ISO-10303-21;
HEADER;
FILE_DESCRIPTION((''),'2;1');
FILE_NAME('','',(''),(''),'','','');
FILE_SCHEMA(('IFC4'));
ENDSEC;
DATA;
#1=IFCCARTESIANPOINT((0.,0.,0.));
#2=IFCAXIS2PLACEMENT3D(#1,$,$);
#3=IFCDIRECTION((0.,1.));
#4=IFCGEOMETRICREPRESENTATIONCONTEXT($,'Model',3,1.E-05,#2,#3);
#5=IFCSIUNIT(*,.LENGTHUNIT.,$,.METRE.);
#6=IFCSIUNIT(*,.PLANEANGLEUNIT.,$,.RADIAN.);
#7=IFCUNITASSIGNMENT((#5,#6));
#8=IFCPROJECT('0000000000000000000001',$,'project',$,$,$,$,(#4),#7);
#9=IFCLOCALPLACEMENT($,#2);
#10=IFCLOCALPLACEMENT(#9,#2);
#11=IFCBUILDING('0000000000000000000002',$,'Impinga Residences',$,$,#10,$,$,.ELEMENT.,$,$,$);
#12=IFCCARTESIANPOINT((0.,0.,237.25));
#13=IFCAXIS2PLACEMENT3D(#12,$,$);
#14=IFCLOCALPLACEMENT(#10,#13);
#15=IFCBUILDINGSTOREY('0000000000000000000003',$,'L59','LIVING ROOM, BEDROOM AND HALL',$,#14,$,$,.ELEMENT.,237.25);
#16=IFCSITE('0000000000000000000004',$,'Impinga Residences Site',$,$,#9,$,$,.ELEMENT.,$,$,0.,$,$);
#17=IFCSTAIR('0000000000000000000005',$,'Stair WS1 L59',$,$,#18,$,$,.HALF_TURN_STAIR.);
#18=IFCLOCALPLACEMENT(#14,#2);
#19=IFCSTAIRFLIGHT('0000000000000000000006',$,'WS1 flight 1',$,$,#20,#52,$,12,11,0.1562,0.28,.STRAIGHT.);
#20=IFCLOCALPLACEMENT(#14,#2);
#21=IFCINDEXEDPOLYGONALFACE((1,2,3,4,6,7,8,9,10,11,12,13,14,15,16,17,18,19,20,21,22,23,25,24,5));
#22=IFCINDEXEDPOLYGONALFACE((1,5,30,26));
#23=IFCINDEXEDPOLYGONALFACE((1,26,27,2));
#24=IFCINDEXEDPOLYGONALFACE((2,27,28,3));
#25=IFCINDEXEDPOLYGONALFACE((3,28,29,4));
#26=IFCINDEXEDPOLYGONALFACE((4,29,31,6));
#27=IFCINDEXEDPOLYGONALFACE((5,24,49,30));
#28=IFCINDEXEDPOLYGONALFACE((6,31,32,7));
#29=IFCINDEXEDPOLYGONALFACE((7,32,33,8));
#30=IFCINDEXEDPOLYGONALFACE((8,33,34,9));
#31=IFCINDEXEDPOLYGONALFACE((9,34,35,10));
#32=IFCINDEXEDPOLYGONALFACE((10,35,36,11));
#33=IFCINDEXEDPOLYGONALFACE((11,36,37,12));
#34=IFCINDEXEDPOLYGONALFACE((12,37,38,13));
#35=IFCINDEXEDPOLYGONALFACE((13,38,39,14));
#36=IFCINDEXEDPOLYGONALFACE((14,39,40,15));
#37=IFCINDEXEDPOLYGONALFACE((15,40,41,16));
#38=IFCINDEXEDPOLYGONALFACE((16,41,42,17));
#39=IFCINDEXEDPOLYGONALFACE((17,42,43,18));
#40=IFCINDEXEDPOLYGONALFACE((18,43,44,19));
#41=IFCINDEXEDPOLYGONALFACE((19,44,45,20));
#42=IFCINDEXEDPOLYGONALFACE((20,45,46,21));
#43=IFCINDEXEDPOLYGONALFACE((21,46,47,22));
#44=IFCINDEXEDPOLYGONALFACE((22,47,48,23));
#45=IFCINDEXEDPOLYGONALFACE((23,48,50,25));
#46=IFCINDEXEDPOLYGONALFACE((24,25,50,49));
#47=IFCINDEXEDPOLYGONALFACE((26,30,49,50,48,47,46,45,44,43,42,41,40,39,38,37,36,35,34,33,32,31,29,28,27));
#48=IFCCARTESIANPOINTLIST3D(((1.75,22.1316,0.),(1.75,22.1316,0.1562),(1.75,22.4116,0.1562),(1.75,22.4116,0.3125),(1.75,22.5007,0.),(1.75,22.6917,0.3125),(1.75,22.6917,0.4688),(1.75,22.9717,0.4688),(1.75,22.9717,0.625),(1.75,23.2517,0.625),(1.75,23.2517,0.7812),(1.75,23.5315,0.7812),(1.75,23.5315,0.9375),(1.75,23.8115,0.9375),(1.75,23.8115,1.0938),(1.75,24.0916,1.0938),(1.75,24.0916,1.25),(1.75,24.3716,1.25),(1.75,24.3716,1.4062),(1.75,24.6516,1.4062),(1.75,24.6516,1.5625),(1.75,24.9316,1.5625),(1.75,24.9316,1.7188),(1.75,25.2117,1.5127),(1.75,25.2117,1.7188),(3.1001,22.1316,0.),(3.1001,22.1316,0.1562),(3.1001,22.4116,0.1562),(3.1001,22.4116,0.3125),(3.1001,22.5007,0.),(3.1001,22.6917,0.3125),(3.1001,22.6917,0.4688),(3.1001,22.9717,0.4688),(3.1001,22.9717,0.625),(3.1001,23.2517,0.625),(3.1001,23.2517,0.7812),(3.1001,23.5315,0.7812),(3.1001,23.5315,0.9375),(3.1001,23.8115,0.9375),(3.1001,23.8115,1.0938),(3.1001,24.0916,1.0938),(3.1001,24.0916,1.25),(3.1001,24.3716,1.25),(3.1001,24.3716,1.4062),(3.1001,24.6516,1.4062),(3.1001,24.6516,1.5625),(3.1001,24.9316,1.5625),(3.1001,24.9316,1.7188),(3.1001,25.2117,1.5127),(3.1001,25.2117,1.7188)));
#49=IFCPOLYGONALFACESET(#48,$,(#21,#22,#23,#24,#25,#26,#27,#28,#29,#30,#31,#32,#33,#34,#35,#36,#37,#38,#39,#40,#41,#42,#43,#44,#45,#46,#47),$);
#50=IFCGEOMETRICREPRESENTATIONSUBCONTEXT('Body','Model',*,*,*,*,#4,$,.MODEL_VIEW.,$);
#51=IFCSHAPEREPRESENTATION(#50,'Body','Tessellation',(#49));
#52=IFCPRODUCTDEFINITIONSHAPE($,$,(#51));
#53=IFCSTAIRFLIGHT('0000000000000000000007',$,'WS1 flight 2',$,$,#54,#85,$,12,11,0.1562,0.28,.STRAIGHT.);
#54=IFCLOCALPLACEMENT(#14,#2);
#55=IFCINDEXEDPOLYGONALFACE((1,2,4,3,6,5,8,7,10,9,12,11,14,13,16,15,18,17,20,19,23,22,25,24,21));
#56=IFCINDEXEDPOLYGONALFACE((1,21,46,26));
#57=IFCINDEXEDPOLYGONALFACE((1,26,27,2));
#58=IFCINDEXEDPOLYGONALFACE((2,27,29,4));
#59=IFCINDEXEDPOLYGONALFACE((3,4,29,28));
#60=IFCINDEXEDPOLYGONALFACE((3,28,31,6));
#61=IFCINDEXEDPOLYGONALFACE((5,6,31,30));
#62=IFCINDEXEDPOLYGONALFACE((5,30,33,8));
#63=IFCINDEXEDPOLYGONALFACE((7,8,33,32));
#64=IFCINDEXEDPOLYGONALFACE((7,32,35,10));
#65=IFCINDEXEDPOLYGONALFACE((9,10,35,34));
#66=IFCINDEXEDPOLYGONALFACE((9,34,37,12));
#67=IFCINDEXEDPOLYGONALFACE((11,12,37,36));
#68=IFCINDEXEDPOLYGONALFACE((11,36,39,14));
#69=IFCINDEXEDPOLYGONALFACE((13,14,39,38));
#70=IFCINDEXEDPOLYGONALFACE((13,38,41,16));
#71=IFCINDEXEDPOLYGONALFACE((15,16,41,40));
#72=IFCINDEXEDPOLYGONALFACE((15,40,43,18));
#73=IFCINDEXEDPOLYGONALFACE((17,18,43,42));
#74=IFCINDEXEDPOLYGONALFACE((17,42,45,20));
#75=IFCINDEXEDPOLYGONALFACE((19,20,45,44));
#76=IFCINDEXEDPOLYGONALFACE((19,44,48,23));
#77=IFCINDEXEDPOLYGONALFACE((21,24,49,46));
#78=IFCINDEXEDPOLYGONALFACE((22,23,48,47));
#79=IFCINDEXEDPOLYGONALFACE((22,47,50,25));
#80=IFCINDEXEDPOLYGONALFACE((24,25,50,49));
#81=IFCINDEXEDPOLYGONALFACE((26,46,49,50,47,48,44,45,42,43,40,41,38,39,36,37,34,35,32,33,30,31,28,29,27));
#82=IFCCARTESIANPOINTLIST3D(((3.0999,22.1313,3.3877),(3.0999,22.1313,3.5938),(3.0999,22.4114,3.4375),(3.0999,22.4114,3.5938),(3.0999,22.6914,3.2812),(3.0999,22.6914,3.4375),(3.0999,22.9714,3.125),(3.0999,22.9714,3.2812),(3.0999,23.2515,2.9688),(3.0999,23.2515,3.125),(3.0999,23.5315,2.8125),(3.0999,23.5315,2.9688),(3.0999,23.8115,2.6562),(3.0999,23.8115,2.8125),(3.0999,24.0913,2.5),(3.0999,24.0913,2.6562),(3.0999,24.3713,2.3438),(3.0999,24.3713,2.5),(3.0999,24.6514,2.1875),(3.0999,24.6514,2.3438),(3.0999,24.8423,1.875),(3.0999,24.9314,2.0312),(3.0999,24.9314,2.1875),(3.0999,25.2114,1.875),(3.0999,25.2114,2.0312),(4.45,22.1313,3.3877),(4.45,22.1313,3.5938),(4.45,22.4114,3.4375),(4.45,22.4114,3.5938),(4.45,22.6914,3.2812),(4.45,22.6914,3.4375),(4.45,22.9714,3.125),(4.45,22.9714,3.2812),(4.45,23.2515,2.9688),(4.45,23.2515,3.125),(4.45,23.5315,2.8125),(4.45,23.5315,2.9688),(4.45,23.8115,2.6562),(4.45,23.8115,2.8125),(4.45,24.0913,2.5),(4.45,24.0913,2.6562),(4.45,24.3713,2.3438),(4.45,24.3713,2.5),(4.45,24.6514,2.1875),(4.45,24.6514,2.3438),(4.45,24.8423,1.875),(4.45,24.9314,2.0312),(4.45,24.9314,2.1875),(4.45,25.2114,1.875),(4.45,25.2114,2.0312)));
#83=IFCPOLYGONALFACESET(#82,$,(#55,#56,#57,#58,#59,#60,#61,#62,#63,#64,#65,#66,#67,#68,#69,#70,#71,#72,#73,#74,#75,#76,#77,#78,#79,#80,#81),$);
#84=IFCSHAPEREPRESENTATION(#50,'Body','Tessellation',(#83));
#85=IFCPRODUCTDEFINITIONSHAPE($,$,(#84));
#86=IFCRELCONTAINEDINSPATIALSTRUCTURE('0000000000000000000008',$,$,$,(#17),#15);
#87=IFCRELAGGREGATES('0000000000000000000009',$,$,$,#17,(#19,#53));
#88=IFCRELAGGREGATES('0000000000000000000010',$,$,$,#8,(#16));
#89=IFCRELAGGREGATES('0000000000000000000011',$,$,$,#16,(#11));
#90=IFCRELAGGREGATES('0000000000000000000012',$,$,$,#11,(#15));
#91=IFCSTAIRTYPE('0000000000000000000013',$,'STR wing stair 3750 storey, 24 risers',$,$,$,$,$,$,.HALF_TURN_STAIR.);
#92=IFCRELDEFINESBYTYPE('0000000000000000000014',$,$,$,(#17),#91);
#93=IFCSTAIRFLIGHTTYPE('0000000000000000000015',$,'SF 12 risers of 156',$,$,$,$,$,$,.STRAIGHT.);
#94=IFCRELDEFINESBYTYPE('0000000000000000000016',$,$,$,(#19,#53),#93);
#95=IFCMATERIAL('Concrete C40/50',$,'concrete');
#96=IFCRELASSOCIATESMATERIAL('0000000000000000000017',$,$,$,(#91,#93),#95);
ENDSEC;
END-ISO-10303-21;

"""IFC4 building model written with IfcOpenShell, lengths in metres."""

from ifc_helpers import new_model, si_unit, direction, frame, origin, place, context, subcontext, project, spatial, polyline, outline, extrude, material, type_object, element, aggregate, save


model = new_model("IFC4")

# Units and contexts
model_context = context("Model", 3, precision=1e-05, world=origin(), true_north=direction((0.0, 1.0)))
body_context = subcontext(model_context, "Body", "Model", "MODEL_VIEW")
ifc_project = project(units=[si_unit("LENGTHUNIT", "METRE"), si_unit("PLANEANGLEUNIT", "RADIAN")], contexts=[model_context])

# Site, building, storey
site_placement = place(None, origin())
site = spatial("IfcSite", under=ifc_project, at=site_placement, Name="Impinga Residences Site", CompositionType="ELEMENT", RefElevation=0.0)
building_placement = place(site_placement, origin())
building = spatial("IfcBuilding", under=site, at=building_placement, Name="Impinga Residences", CompositionType="ELEMENT")
storey_placement = place(building_placement, frame((0.0, 0.0, 237.25)))
storey = spatial("IfcBuildingStorey", under=building, at=storey_placement, Name="L59", Description="LIVING ROOM, BEDROOM AND HALL", CompositionType="ELEMENT", Elevation=237.25)

# Stair, stair flights
ifc_material_1 = material(Name="Concrete C40/50", Category="concrete")
stair_type = type_object("IfcStairType", Name="STR wing stair 3750 storey, 24 risers", PredefinedType="HALF_TURN_STAIR", material=ifc_material_1)
stair_placement = place(storey_placement, origin())
stair = element("IfcStair", 1, at=stair_placement, inside=storey, type_object=stair_type, Name="Stair WS1 L59", PredefinedType="HALF_TURN_STAIR")
stair_flight_type = type_object("IfcStairFlightType", Name="SF 12 risers of 156", PredefinedType="STRAIGHT", material=ifc_material_1)
stair_flight_1_placement = place(storey_placement, frame((2.425, 22.1316, 0.0), z_axis=(0.0, 0.0, 1.0), x_axis=(0.0, 1.0, 0.0)))
stair_flight_1 = element("IfcStairFlight", 2, at=stair_flight_1_placement, type_object=stair_flight_type, Name="WS1 flight 1", NumberOfRisers=12, NumberOfTreads=11, PredefinedType="STRAIGHT", RiserHeight=0.1562, TreadLength=0.28, context=body_context, shape_type="SweptSolid", body=[
    extrude(outline(polyline([(0.0, 0.0), (0.0, 0.1562), (0.28, 0.1562), (0.28, 0.3125), (0.5601, 0.3125), (0.5601, 0.4688), (0.8401, 0.4688), (0.8401, 0.625), (1.1201, 0.625), (1.1201, 0.7812), (1.3999, 0.7812), (1.3999, 0.9375), (1.6799, 0.9375), (1.6799, 1.0938), (1.96, 1.0938), (1.96, 1.25), (2.24, 1.25), (2.24, 1.4062), (2.52, 1.4062), (2.52, 1.5625), (2.8, 1.5625), (2.8, 1.7188), (3.0801, 1.7188), (3.0801, 1.875), (3.0801, 1.5127), (0.3691, 0.0), (0.0, 0.0)])), frame((0.0, 0.675, 0.0), z_axis=(0.0, -1.0, 0.0), x_axis=(1.0, 0.0, 0.0)), (0.0, 0.0, 1.0), 1.3501),
])
stair_flight_2_placement = place(storey_placement, frame((3.7749, 25.2114, 1.875), z_axis=(0.0, 0.0, 1.0), x_axis=(0.0, -1.0, 0.0)))
stair_flight_2 = element("IfcStairFlight", 3, at=stair_flight_2_placement, type_object=stair_flight_type, Name="WS1 flight 2", NumberOfRisers=12, NumberOfTreads=11, PredefinedType="STRAIGHT", RiserHeight=0.1562, TreadLength=0.28, context=body_context, shape_type="SweptSolid", body=[
    extrude(outline(polyline([(0.0, 0.0), (0.0, 0.1562), (0.28, 0.1562), (0.28, 0.3125), (0.5601, 0.3125), (0.5601, 0.4688), (0.8401, 0.4688), (0.8401, 0.625), (1.1201, 0.625), (1.1201, 0.7812), (1.3999, 0.7812), (1.3999, 0.9375), (1.6799, 0.9375), (1.6799, 1.0938), (1.96, 1.0938), (1.96, 1.25), (2.24, 1.25), (2.24, 1.4062), (2.52, 1.4062), (2.52, 1.5625), (2.8, 1.5625), (2.8, 1.7188), (3.0801, 1.7188), (3.0801, 1.875), (3.0801, 1.5127), (0.3691, 0.0), (0.0, 0.0)])), frame((0.0, 0.675, 0.0), z_axis=(0.0, -1.0, 0.0), x_axis=(1.0, 0.0, 0.0)), (0.0, 0.0, 1.0), 1.3501),
])
aggregate(stair, [stair_flight_1, stair_flight_2])

save(model, "model.ifc")
